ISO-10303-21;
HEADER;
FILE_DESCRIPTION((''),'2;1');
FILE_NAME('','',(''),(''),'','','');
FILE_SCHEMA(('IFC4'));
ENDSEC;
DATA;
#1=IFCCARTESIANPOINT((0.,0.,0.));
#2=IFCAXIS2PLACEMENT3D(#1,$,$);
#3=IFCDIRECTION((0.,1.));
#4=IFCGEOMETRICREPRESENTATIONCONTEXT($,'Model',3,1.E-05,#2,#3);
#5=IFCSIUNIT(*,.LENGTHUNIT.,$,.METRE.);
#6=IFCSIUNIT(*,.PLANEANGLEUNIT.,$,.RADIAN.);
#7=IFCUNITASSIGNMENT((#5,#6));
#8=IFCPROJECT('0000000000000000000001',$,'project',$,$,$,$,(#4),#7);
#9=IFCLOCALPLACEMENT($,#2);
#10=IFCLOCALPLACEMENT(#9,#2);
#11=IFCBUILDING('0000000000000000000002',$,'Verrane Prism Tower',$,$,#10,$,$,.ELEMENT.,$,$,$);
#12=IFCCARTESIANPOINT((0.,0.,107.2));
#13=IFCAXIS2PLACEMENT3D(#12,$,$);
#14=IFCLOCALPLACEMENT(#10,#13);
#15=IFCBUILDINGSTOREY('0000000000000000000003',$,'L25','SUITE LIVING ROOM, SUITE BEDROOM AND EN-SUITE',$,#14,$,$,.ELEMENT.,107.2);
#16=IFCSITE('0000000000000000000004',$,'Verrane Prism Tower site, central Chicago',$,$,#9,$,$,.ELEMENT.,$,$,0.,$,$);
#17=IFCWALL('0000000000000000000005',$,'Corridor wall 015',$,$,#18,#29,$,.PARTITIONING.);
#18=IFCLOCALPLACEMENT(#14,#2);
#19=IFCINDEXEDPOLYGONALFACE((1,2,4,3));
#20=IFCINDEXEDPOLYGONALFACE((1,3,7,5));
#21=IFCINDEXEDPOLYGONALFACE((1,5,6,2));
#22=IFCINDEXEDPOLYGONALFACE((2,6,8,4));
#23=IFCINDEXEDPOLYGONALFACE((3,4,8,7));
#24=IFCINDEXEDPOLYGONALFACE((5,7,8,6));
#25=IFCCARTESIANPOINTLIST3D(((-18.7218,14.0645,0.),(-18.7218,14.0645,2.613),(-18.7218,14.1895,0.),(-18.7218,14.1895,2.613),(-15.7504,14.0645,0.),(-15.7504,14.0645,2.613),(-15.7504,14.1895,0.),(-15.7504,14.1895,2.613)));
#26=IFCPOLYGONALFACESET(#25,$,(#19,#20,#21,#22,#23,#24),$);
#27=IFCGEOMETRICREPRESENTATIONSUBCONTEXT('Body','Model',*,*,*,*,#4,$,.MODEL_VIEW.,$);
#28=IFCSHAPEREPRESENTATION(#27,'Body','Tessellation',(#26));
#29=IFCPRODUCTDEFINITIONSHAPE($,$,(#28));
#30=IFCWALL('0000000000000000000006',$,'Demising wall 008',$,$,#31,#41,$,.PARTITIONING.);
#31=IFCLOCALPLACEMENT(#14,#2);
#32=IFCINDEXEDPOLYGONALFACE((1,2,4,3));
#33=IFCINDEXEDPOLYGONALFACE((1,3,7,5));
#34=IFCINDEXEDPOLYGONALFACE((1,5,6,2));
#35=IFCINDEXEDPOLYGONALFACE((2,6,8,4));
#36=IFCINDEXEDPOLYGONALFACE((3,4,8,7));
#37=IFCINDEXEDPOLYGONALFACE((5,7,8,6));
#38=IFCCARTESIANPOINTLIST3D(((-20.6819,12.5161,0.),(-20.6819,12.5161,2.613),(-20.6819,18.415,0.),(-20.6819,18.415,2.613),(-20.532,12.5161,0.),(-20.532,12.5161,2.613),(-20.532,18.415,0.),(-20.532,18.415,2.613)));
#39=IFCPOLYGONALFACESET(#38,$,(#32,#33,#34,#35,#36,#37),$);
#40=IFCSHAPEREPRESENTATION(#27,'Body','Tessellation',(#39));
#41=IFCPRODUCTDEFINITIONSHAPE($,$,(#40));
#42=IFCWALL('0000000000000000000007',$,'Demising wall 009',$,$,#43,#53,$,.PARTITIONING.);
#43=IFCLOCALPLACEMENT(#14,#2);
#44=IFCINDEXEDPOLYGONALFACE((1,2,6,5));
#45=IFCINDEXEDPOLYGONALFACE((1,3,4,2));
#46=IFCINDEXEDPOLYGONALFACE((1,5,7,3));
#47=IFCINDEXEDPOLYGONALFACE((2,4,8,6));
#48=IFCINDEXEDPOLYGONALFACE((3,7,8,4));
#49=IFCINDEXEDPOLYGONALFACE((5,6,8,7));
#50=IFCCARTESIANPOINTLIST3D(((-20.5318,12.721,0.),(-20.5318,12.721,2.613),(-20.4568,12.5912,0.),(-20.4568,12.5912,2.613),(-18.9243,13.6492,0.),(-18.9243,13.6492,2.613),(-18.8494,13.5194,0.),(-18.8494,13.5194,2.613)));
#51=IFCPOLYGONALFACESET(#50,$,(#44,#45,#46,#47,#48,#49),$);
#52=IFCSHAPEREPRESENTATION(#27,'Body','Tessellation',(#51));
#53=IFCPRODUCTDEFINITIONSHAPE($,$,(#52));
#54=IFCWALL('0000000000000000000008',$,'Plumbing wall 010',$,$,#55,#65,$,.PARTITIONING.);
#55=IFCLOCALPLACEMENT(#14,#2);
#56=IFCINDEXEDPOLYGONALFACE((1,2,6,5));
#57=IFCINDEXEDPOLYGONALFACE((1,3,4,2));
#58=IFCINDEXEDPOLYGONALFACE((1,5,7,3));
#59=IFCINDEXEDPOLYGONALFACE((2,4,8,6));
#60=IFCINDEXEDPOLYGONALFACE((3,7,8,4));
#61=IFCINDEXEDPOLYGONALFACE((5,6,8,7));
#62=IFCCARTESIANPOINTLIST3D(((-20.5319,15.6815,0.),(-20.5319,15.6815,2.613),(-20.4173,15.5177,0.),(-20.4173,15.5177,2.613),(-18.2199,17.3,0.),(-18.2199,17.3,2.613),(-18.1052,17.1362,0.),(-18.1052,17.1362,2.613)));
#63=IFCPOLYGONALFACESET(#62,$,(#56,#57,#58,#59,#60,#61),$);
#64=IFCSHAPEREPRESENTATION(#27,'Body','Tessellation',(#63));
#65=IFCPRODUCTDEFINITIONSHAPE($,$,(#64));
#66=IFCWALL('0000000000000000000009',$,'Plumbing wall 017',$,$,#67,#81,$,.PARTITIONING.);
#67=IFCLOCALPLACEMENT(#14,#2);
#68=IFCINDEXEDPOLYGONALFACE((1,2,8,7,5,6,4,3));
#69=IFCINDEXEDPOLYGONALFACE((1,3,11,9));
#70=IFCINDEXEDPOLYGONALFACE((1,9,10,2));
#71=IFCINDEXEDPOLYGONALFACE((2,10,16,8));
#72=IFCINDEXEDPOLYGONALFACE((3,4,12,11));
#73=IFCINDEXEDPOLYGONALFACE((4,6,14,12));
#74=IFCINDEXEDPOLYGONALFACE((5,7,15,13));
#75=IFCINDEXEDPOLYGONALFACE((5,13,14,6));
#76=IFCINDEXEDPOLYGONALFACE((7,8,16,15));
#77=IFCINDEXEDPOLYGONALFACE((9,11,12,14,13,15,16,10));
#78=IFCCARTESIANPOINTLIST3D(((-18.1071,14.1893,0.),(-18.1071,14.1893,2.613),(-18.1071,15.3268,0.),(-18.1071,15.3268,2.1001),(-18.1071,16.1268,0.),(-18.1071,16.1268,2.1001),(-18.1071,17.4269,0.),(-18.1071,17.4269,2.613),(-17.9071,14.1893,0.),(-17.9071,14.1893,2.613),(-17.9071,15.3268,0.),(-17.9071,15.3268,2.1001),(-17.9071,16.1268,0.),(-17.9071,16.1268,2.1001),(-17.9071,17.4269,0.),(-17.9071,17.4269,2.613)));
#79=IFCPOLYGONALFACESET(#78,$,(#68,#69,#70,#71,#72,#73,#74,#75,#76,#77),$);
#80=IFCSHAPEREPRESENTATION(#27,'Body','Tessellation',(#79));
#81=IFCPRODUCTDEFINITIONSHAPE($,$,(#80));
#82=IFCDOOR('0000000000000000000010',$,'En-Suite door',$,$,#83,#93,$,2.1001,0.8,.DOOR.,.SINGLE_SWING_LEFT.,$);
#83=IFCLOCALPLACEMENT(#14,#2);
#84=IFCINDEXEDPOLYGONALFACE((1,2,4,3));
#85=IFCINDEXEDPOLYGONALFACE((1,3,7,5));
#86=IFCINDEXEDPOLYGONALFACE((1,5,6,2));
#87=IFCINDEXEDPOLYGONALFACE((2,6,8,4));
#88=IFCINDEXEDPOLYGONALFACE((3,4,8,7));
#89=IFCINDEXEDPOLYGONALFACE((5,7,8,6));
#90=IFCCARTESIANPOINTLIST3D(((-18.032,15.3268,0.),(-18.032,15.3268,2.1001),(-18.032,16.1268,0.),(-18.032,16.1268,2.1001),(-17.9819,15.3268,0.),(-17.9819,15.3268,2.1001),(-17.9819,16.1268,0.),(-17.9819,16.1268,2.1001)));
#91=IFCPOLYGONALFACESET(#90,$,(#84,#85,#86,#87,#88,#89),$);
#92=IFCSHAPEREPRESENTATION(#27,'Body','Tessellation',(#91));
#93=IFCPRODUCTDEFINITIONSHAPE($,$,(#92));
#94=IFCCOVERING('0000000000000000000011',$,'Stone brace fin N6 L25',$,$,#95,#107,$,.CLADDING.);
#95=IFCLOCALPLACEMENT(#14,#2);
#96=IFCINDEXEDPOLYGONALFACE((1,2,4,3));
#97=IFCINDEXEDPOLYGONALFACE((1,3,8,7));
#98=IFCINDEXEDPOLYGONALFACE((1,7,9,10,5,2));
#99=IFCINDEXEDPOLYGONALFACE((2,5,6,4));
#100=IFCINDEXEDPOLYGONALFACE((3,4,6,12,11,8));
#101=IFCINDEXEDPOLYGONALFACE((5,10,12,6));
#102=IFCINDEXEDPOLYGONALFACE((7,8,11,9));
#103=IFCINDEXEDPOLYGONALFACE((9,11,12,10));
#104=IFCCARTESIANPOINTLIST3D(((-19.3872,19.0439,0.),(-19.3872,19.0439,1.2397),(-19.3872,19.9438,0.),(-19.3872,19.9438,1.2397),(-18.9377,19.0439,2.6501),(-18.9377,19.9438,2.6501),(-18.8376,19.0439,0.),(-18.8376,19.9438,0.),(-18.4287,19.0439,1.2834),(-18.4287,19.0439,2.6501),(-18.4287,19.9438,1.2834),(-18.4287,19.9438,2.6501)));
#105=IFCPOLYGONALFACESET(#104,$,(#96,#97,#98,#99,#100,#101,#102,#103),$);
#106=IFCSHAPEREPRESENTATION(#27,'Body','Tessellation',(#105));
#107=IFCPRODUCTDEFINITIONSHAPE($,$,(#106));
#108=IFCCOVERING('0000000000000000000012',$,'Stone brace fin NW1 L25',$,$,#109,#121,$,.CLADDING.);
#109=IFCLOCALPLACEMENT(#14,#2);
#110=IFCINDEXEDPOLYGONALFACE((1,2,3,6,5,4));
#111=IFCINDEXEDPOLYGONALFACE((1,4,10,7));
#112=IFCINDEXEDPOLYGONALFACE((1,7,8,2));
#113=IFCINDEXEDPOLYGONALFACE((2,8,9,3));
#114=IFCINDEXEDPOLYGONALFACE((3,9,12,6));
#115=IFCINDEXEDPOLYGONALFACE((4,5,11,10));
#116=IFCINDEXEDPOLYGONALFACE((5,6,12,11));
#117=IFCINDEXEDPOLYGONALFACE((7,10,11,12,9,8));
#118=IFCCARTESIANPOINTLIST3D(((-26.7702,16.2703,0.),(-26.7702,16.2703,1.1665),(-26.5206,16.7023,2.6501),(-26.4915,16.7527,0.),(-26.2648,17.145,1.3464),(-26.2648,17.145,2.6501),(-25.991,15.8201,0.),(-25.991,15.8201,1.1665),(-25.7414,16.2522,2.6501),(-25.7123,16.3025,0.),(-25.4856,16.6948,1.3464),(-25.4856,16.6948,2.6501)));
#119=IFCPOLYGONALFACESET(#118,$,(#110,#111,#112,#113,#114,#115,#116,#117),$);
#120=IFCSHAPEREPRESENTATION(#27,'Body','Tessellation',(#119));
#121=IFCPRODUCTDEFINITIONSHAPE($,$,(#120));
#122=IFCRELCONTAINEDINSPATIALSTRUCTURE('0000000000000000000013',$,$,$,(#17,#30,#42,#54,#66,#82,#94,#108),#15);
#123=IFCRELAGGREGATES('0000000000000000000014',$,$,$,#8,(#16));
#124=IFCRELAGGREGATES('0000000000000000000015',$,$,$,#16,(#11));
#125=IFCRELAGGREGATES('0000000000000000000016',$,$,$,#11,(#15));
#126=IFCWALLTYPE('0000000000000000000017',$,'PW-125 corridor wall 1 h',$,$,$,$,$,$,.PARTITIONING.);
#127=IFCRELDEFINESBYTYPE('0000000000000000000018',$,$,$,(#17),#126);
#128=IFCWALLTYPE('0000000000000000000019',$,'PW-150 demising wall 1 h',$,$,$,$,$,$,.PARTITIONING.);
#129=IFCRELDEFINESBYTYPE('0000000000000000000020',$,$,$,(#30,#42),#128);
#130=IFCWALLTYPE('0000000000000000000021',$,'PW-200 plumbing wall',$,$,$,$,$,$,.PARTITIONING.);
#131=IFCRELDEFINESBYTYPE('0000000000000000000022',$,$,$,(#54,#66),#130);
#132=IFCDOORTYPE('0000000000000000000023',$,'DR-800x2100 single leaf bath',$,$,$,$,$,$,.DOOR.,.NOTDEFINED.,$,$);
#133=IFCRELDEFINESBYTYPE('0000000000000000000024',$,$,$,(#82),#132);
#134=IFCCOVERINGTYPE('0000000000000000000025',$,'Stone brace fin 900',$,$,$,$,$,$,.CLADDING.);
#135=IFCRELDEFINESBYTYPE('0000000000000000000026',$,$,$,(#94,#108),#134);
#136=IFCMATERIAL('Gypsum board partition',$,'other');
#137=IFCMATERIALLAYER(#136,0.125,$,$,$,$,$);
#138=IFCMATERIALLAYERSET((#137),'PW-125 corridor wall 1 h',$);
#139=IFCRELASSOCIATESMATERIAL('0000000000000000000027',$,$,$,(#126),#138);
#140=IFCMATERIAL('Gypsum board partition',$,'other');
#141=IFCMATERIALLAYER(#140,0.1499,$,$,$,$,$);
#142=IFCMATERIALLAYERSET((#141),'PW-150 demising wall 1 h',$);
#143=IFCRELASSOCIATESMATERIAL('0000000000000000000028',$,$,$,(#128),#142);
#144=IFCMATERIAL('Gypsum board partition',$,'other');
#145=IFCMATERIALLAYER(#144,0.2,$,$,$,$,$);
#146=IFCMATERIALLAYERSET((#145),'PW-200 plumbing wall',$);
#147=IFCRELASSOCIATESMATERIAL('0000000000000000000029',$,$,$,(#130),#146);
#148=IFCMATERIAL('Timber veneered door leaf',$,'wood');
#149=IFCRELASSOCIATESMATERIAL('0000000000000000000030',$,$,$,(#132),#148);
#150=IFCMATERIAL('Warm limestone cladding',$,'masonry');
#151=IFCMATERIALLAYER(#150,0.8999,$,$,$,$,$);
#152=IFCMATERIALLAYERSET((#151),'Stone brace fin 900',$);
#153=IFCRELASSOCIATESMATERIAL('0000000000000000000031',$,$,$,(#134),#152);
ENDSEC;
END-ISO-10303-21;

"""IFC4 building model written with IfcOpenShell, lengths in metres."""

from ifc_helpers import new_model, si_unit, direction, frame, frame_2d, origin, place, context, subcontext, project, spatial, polyline, rectangle, outline, extrude, material, layer, layer_set, type_object, element, fill, save


model = new_model("IFC4")

# Units and contexts
model_context = context("Model", 3, precision=1e-05, world=origin(), true_north=direction((0.0, 1.0)))
body_context = subcontext(model_context, "Body", "Model", "MODEL_VIEW")
ifc_project = project(units=[si_unit("LENGTHUNIT", "METRE"), si_unit("PLANEANGLEUNIT", "RADIAN")], contexts=[model_context])

# Site, building, storey
site_placement = place(None, origin())
site = spatial("IfcSite", under=ifc_project, at=site_placement, Name="Verrane Prism Tower site, central Chicago", CompositionType="ELEMENT", RefElevation=0.0)
building_placement = place(site_placement, origin())
building = spatial("IfcBuilding", under=site, at=building_placement, Name="Verrane Prism Tower", CompositionType="ELEMENT")
storey_placement = place(building_placement, frame((0.0, 0.0, 107.2)))
storey = spatial("IfcBuildingStorey", under=building, at=storey_placement, Name="L25", Description="SUITE LIVING ROOM, SUITE BEDROOM AND EN-SUITE", CompositionType="ELEMENT", Elevation=107.2)

# Walls
ifc_material_1 = material(Name="Gypsum board partition", Category="other")
ifc_layer_1 = layer(ifc_material_1, 0.125)
ifc_layer_set_1 = layer_set([ifc_layer_1], Name="PW-125 corridor wall 1 h")
wall_type_1 = type_object("IfcWallType", Name="PW-125 corridor wall 1 h", PredefinedType="PARTITIONING", material=ifc_layer_set_1)
wall_1_placement = place(storey_placement, frame((-18.7219, 14.127, 0.0), z_axis=(0.0, 0.0, 1.0), x_axis=(1.0, 0.0, 0.0)))
element("IfcWall", 1, at=wall_1_placement, inside=storey, type_object=wall_type_1, Name="Corridor wall 015", PredefinedType="PARTITIONING", context=body_context, shape_type="SweptSolid", body=[
    extrude(rectangle(XDim=2.9714, YDim=0.125, at=frame_2d((1.4858, 0.0))), origin(), (0.0, 0.0, 1.0), 2.613),
])
ifc_material_2 = material(Name="Gypsum board partition", Category="other")
ifc_layer_2 = layer(ifc_material_2, 0.1499)
ifc_layer_set_2 = layer_set([ifc_layer_2], Name="PW-150 demising wall 1 h")
wall_type_2 = type_object("IfcWallType", Name="PW-150 demising wall 1 h", PredefinedType="PARTITIONING", material=ifc_layer_set_2)
wall_2_placement = place(storey_placement, frame((-20.6069, 12.5161, 0.0), z_axis=(0.0, 0.0, 1.0), x_axis=(0.0, 1.0, 0.0)))
element("IfcWall", 2, at=wall_2_placement, inside=storey, type_object=wall_type_2, Name="Demising wall 008", PredefinedType="PARTITIONING", context=body_context, shape_type="SweptSolid", body=[
    extrude(rectangle(XDim=5.8989, YDim=0.1499, at=frame_2d((2.9495, 0.0))), origin(), (0.0, 0.0, 1.0), 2.613),
])
wall_3_placement = place(storey_placement, frame((-20.4944, 12.656, 0.0), z_axis=(0.0, 0.0, 1.0), x_axis=(0.865984, 0.500072, 0.0)))
element("IfcWall", 3, at=wall_3_placement, inside=storey, type_object=wall_type_2, Name="Demising wall 009", PredefinedType="PARTITIONING", context=body_context, shape_type="SweptSolid", body=[
    extrude(rectangle(XDim=1.8562, YDim=0.1499, at=frame_2d((0.9282, 0.0))), origin(), (0.0, 0.0, 1.0), 2.613),
])
ifc_material_3 = material(Name="Gypsum board partition", Category="other")
ifc_layer_3 = layer(ifc_material_3, 0.2)
ifc_layer_set_3 = layer_set([ifc_layer_3], Name="PW-200 plumbing wall")
wall_type_3 = type_object("IfcWallType", Name="PW-200 plumbing wall", PredefinedType="PARTITIONING", material=ifc_layer_set_3)
wall_4_placement = place(storey_placement, frame((-20.4746, 15.5996, 0.0), z_axis=(0.0, 0.0, 1.0), x_axis=(0.819232, 0.573462, 0.0)))
element("IfcWall", 4, at=wall_4_placement, inside=storey, type_object=wall_type_3, Name="Plumbing wall 010", PredefinedType="PARTITIONING", context=body_context, shape_type="SweptSolid", body=[
    extrude(rectangle(XDim=2.8223, YDim=0.2, at=frame_2d((1.4111, 0.0))), origin(), (0.0, 0.0, 1.0), 2.613),
])

# Wall, opening, door
wall_5_placement = place(storey_placement, frame((-18.0071, 14.1895, 0.0), z_axis=(0.0, 0.0, 1.0), x_axis=(0.0, 1.0, 0.0)))
wall_5 = element("IfcWall", 5, at=wall_5_placement, inside=storey, type_object=wall_type_3, Name="Plumbing wall 017", PredefinedType="PARTITIONING", context=body_context, shape_type="SweptSolid", body=[
    extrude(rectangle(XDim=3.2375, YDim=0.2, at=frame_2d((1.6187, 0.0))), origin(), (0.0, 0.0, 1.0), 2.613),
])
opening_1_placement = place(wall_5_placement, frame((1.1375, 0.0, 0.0)))
opening_1 = element("IfcOpeningElement", 6, at=opening_1_placement, cuts=wall_5, PredefinedType="OPENING", context=body_context, shape_type="SweptSolid", body=[
    extrude(rectangle(XDim=0.8, YDim=2.1001, at=frame_2d((0.3999, 1.05))), frame((0.0, 0.1099, 0.0), z_axis=(0.0, -1.0, 0.0), x_axis=(1.0, 0.0, 0.0)), (0.0, 0.0, 1.0), 0.22),
])
ifc_material_4 = material(Name="Timber veneered door leaf", Category="wood")
door_type_1 = type_object("IfcDoorType", Name="DR-800x2100 single leaf bath", OperationType="NOTDEFINED", PredefinedType="DOOR", material=ifc_material_4)
door_1_placement = place(opening_1_placement, origin())
door_1 = element("IfcDoor", 7, at=door_1_placement, inside=storey, type_object=door_type_1, Name="En-Suite door", OperationType="SINGLE_SWING_LEFT", OverallHeight=2.1001, OverallWidth=0.8, PredefinedType="DOOR", context=body_context, shape_type="SweptSolid", body=[
    extrude(rectangle(XDim=0.8, YDim=2.1001, at=frame_2d((0.3999, 1.05))), frame((0.0, 0.0249, 0.0), z_axis=(0.0, -1.0, 0.0), x_axis=(1.0, 0.0, 0.0)), (0.0, 0.0, 1.0), 0.05),
])
fill(opening_1, door_1)

# Coverings
ifc_material_5 = material(Name="Warm limestone cladding", Category="masonry")
ifc_layer_4 = layer(ifc_material_5, 0.8999)
ifc_layer_set_4 = layer_set([ifc_layer_4], Name="Stone brace fin 900")
covering_type = type_object("IfcCoveringType", Name="Stone brace fin 900", PredefinedType="CLADDING", material=ifc_layer_set_4)
covering_1_placement = place(storey_placement, frame((-19.3872, 19.4939, 0.0), z_axis=(0.0, 0.0, 1.0), x_axis=(1.0, 0.0, 0.0)))
element("IfcCovering", 8, at=covering_1_placement, inside=storey, type_object=covering_type, Name="Stone brace fin N6 L25", PredefinedType="CLADDING", context=body_context, shape_type="SweptSolid", body=[
    extrude(outline(polyline([(0.9585, 2.6501), (0.4495, 2.6501), (0.0, 1.2397), (0.0, 0.0), (0.5496, 0.0), (0.9585, 1.2834), (0.9585, 2.6501)])), frame((0.0, 0.45, 0.0), z_axis=(0.0, -1.0, 0.0), x_axis=(1.0, 0.0, 0.0)), (0.0, 0.0, 1.0), 0.8999),
])
covering_2_placement = place(storey_placement, frame((-26.3806, 16.0452, 0.0), z_axis=(0.0, 0.0, 1.0), x_axis=(0.500245, 0.865884, 0.0)))
element("IfcCovering", 9, at=covering_2_placement, inside=storey, type_object=covering_type, Name="Stone brace fin NW1 L25", PredefinedType="CLADDING", context=body_context, shape_type="SweptSolid", body=[
    extrude(outline(polyline([(1.0103, 2.6501), (0.499, 2.6501), (0.0, 1.1665), (0.0, 0.0), (0.5571, 0.0), (1.0103, 1.3464), (1.0103, 2.6501)])), frame((0.0, 0.45, 0.0), z_axis=(0.0, -1.0, 0.0), x_axis=(1.0, 0.0, 0.0)), (0.0, 0.0, 1.0), 0.8999),
])

save(model, "model.ifc")
